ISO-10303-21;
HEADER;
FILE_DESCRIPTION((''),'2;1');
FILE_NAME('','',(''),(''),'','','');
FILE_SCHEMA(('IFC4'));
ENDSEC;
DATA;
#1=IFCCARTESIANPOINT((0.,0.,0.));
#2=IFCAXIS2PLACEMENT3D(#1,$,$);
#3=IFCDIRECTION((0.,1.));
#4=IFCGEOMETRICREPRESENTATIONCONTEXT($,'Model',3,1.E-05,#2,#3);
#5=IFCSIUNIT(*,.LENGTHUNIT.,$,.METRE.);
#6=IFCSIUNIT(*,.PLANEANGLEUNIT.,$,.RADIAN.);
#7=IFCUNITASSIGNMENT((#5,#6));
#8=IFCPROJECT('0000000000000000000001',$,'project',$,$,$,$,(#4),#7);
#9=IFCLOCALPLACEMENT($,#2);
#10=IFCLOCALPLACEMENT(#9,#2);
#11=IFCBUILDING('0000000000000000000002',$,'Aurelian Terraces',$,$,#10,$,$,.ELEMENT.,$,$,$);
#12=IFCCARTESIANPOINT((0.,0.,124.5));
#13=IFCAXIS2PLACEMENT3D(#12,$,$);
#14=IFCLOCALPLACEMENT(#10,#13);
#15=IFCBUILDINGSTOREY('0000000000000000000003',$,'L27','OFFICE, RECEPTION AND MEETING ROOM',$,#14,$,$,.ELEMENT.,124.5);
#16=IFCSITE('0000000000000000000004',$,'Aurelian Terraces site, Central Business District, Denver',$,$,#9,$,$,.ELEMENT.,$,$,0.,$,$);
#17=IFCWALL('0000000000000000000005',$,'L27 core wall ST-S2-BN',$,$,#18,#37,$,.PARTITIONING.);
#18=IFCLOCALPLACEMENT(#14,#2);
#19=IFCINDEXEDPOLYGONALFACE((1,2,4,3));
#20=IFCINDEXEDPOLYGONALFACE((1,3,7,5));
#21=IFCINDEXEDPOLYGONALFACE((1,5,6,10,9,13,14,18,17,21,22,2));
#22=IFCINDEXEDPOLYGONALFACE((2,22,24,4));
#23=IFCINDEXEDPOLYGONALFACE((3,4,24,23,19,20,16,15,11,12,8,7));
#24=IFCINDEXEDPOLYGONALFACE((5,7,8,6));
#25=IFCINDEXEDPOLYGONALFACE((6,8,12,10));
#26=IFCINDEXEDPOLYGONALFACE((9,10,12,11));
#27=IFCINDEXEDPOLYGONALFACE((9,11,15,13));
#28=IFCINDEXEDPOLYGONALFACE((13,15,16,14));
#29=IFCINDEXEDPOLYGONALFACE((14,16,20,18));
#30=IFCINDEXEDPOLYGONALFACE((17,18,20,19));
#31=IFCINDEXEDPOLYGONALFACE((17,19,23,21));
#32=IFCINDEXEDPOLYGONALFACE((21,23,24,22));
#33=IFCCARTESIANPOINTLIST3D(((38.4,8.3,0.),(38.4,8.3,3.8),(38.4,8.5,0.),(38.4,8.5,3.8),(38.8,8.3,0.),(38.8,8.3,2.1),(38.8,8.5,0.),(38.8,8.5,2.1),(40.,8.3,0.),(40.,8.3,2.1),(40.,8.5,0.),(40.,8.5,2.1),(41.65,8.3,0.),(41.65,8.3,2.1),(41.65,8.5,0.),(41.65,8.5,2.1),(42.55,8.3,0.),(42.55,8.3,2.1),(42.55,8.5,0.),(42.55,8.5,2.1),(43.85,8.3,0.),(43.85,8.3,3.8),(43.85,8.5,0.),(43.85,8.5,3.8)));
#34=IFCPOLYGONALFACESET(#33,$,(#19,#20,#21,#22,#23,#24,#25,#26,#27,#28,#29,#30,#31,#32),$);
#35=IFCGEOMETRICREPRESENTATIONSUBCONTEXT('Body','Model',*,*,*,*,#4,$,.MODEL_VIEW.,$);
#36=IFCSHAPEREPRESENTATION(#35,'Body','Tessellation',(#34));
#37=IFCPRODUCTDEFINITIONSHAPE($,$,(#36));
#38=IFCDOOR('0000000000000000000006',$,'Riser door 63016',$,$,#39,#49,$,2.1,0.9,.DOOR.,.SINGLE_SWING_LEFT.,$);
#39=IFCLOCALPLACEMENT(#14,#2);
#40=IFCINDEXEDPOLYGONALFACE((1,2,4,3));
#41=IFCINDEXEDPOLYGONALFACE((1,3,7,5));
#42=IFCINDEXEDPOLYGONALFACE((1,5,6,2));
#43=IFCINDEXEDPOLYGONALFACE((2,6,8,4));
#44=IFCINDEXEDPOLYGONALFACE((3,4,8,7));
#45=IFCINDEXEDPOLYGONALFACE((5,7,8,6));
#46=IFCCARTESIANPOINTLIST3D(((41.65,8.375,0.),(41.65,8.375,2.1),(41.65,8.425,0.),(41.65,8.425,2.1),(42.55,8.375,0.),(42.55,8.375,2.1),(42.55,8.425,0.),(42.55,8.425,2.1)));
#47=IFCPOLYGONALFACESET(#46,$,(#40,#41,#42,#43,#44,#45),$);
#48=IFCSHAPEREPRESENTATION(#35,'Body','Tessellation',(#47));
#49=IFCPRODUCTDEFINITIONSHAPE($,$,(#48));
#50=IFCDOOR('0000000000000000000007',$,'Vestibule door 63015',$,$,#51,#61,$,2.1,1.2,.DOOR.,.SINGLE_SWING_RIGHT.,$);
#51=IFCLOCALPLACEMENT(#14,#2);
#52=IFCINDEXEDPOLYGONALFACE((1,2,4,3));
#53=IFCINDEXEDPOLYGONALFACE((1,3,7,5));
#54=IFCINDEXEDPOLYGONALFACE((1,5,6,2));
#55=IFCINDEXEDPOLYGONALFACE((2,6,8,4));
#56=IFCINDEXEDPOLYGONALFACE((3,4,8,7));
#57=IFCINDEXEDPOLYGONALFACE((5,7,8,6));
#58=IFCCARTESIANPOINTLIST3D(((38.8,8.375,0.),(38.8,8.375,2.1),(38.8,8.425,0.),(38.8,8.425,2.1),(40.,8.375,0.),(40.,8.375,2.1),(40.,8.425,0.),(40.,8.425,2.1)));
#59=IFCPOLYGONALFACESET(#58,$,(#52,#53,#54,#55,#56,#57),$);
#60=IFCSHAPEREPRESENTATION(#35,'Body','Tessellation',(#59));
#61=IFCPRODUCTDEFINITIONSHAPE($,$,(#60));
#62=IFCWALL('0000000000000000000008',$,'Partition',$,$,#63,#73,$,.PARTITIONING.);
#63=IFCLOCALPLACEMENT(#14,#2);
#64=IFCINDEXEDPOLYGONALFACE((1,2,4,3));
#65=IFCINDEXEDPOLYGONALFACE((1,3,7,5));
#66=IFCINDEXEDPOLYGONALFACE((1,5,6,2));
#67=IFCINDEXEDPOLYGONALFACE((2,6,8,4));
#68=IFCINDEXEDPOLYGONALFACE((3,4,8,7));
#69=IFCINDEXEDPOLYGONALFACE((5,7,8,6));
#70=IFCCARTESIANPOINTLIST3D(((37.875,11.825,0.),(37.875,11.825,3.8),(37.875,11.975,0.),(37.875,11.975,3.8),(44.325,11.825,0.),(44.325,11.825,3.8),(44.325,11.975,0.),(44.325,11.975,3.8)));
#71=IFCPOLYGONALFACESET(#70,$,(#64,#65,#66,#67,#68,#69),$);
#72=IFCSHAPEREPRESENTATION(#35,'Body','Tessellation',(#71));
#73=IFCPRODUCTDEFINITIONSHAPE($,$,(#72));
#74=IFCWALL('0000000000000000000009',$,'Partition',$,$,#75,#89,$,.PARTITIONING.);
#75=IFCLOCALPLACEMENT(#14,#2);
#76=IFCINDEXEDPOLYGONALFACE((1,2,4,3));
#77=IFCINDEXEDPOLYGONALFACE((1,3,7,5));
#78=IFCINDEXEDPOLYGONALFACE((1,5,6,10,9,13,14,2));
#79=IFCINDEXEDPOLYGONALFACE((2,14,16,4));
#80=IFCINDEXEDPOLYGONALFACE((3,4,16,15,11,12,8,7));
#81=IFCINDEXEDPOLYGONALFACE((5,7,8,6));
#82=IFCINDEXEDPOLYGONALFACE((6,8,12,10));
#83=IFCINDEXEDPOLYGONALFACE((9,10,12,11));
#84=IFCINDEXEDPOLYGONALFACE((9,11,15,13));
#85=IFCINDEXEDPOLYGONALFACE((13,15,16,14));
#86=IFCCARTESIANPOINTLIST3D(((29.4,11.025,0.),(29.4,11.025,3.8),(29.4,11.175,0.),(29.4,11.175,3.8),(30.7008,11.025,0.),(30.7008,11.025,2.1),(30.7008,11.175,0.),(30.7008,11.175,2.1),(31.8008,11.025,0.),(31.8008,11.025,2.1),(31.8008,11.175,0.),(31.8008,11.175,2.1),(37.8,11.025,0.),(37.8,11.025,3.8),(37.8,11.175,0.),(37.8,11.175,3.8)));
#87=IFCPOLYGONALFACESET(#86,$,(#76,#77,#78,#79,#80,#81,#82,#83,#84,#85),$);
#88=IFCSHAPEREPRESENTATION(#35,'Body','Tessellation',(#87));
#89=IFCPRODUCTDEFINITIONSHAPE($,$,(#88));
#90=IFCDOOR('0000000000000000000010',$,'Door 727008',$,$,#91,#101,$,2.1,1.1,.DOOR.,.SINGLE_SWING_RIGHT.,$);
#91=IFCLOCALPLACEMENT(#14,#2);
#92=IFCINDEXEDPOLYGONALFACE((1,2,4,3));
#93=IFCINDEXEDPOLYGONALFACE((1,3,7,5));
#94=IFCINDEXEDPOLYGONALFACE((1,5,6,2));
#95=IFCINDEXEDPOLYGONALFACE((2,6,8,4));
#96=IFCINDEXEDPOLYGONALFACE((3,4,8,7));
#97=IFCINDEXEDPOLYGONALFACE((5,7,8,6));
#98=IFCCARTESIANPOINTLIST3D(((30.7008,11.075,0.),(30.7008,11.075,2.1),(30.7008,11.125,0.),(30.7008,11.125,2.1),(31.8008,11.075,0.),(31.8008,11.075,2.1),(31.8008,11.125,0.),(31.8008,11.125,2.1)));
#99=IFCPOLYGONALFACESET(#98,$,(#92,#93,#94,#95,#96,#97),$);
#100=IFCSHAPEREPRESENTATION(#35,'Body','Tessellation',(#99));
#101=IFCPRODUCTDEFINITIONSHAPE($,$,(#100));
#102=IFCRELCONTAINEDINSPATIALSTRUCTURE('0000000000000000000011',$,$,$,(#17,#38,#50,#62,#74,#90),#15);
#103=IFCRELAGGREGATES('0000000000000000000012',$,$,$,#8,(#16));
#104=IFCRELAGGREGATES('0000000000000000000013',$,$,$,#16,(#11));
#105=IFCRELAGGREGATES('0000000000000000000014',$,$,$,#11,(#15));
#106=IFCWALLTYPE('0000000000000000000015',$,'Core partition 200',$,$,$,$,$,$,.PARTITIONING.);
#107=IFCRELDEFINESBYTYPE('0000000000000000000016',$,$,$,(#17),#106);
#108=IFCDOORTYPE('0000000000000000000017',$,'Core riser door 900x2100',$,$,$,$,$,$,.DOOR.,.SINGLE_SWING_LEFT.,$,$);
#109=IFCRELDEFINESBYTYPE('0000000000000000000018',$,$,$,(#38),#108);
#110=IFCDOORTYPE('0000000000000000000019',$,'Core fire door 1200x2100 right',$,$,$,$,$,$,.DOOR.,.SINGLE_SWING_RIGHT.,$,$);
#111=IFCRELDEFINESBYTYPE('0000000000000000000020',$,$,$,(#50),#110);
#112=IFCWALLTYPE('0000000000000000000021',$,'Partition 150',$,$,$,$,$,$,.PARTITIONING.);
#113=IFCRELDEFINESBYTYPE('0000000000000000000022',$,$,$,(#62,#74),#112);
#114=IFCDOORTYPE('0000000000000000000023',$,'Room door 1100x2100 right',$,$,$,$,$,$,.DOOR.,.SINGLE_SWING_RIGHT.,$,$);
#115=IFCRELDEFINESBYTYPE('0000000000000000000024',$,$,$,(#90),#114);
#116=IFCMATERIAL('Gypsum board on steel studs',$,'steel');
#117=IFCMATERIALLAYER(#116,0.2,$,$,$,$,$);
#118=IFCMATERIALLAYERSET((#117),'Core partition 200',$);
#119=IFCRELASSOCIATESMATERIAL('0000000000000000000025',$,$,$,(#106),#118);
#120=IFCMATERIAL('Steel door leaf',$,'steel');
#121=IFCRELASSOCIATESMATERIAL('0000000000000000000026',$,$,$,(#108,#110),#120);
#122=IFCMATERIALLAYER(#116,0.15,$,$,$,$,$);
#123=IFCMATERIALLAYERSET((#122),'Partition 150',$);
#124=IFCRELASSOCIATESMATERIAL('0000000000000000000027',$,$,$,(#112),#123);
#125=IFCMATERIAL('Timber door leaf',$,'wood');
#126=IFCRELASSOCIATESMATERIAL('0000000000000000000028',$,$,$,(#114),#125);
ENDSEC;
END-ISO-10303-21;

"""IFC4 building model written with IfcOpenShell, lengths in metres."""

from ifc_helpers import new_model, si_unit, direction, frame, frame_2d, origin, place, context, subcontext, project, spatial, rectangle, extrude, source, transform, mapped, material, layer, layer_set, type_object, element, fill, save


model = new_model("IFC4")

# Units and contexts
model_context = context("Model", 3, precision=1e-05, world=origin(), true_north=direction((0.0, 1.0)))
body_context = subcontext(model_context, "Body", "Model", "MODEL_VIEW")
ifc_project = project(units=[si_unit("LENGTHUNIT", "METRE"), si_unit("PLANEANGLEUNIT", "RADIAN")], contexts=[model_context])

# Site, building, storey
site_placement = place(None, origin())
site = spatial("IfcSite", under=ifc_project, at=site_placement, Name="Aurelian Terraces site, Central Business District, Denver", CompositionType="ELEMENT", RefElevation=0.0)
building_placement = place(site_placement, origin())
building = spatial("IfcBuilding", under=site, at=building_placement, Name="Aurelian Terraces", CompositionType="ELEMENT")
storey_placement = place(building_placement, frame((0.0, 0.0, 124.5)))
storey = spatial("IfcBuildingStorey", under=building, at=storey_placement, Name="L27", Description="OFFICE, RECEPTION AND MEETING ROOM", CompositionType="ELEMENT", Elevation=124.5)

# Shared definitions
ifc_material_1 = material(Name="Steel door leaf", Category="steel")
shared_shape_1 = source(origin(), body_context, "Body", "SweptSolid", [
    extrude(rectangle(XDim=1.1, YDim=2.1, at=frame_2d((0.55, 1.05))), frame((0.0, 0.025, 0.0), z_axis=(0.0, -1.0, 0.0), x_axis=(1.0, 0.0, 0.0)), (0.0, 0.0, 1.0), 0.05),
])

# Shared definitions
ifc_material_2 = material(Name="Gypsum board on steel studs", Category="steel")
ifc_layer_1 = layer(ifc_material_2, 0.2)
ifc_layer_set_1 = layer_set([ifc_layer_1], Name="Core partition 200")
wall_type_1 = type_object("IfcWallType", Name="Core partition 200", PredefinedType="PARTITIONING", material=ifc_layer_set_1)

# Wall, openings, doors
shared_shape_2 = source(origin(), body_context, "Body", "SweptSolid", [
    extrude(rectangle(XDim=5.45, YDim=0.2, at=frame_2d((2.725, 0.0))), origin(), (0.0, 0.0, 1.0), 3.8),
])
wall_1_placement = place(storey_placement, frame((38.4, 8.4, 0.0), z_axis=(0.0, 0.0, 1.0), x_axis=(1.0, 0.0, 0.0)))
wall_1 = element("IfcWall", 1, at=wall_1_placement, inside=storey, type_object=wall_type_1, Name="L27 core wall ST-S2-BN", PredefinedType="PARTITIONING", context=body_context, shape_type="MappedRepresentation", body=[
    mapped(shared_shape_2, transform((0.0, 0.0, 0.0), scale=1.0)),
])
shared_shape_3 = source(origin(), body_context, "Body", "SweptSolid", [
    extrude(rectangle(XDim=1.2, YDim=2.1, at=frame_2d((0.6, 1.05))), frame((0.0, 0.11, 0.0), z_axis=(0.0, -1.0, 0.0), x_axis=(1.0, 0.0, 0.0)), (0.0, 0.0, 1.0), 0.22),
])
opening_1_placement = place(wall_1_placement, frame((0.4, 0.0, 0.0)))
opening_1 = element("IfcOpeningElement", 2, at=opening_1_placement, cuts=wall_1, PredefinedType="OPENING", context=body_context, shape_type="MappedRepresentation", body=[
    mapped(shared_shape_3, transform((0.0, 0.0, 0.0), scale=1.0)),
])
shared_shape_4 = source(origin(), body_context, "Body", "SweptSolid", [
    extrude(rectangle(XDim=0.9, YDim=2.1, at=frame_2d((0.45, 1.05))), frame((0.0, 0.11, 0.0), z_axis=(0.0, -1.0, 0.0), x_axis=(1.0, 0.0, 0.0)), (0.0, 0.0, 1.0), 0.22),
])
opening_2_placement = place(wall_1_placement, frame((3.25, 0.0, 0.0)))
opening_2 = element("IfcOpeningElement", 3, at=opening_2_placement, cuts=wall_1, PredefinedType="OPENING", context=body_context, shape_type="MappedRepresentation", body=[
    mapped(shared_shape_4, transform((0.0, 0.0, 0.0), scale=1.0)),
])
door_type_1 = type_object("IfcDoorType", Name="Core riser door 900x2100", OperationType="SINGLE_SWING_LEFT", PredefinedType="DOOR", material=ifc_material_1)
shared_shape_5 = source(origin(), body_context, "Body", "SweptSolid", [
    extrude(rectangle(XDim=0.9, YDim=2.1, at=frame_2d((0.45, 1.05))), frame((0.0, 0.025, 0.0), z_axis=(0.0, -1.0, 0.0), x_axis=(1.0, 0.0, 0.0)), (0.0, 0.0, 1.0), 0.05),
])
door_1_placement = place(opening_2_placement, origin())
door_1 = element("IfcDoor", 4, at=door_1_placement, inside=storey, type_object=door_type_1, Name="Riser door 63016", OperationType="SINGLE_SWING_LEFT", OverallHeight=2.1, OverallWidth=0.9, PredefinedType="DOOR", context=body_context, shape_type="MappedRepresentation", body=[
    mapped(shared_shape_5, transform((0.0, 0.0, 0.0), scale=1.0)),
])
fill(opening_2, door_1)
door_type_2 = type_object("IfcDoorType", Name="Core fire door 1200x2100 right", OperationType="SINGLE_SWING_RIGHT", PredefinedType="DOOR", material=ifc_material_1)
shared_shape_6 = source(origin(), body_context, "Body", "SweptSolid", [
    extrude(rectangle(XDim=1.2, YDim=2.1, at=frame_2d((0.6, 1.05))), frame((0.0, 0.025, 0.0), z_axis=(0.0, -1.0, 0.0), x_axis=(1.0, 0.0, 0.0)), (0.0, 0.0, 1.0), 0.05),
])
door_2_placement = place(opening_1_placement, origin())
door_2 = element("IfcDoor", 5, at=door_2_placement, inside=storey, type_object=door_type_2, Name="Vestibule door 63015", OperationType="SINGLE_SWING_RIGHT", OverallHeight=2.1, OverallWidth=1.2, PredefinedType="DOOR", context=body_context, shape_type="MappedRepresentation", body=[
    mapped(shared_shape_6, transform((0.0, 0.0, 0.0), scale=1.0)),
])
fill(opening_1, door_2)

# Wall
ifc_layer_2 = layer(ifc_material_2, 0.15)
ifc_layer_set_2 = layer_set([ifc_layer_2], Name="Partition 150")
wall_type_2 = type_object("IfcWallType", Name="Partition 150", PredefinedType="PARTITIONING", material=ifc_layer_set_2)
shared_shape_7 = source(origin(), body_context, "Body", "SweptSolid", [
    extrude(rectangle(XDim=6.45, YDim=0.15, at=frame_2d((3.225, 0.0))), origin(), (0.0, 0.0, 1.0), 3.8),
])
wall_2_placement = place(storey_placement, frame((37.875, 11.9, 0.0), z_axis=(0.0, 0.0, 1.0), x_axis=(1.0, 0.0, 0.0)))
element("IfcWall", 6, at=wall_2_placement, inside=storey, type_object=wall_type_2, Name="Partition", PredefinedType="PARTITIONING", context=body_context, shape_type="MappedRepresentation", body=[
    mapped(shared_shape_7, transform((0.0, 0.0, 0.0), scale=1.0)),
])

# Wall, opening, door
shared_shape_8 = source(origin(), body_context, "Body", "SweptSolid", [
    extrude(rectangle(XDim=8.4, YDim=0.15, at=frame_2d((4.2, 0.0))), origin(), (0.0, 0.0, 1.0), 3.8),
])
wall_3_placement = place(storey_placement, frame((37.8, 11.1, 0.0), z_axis=(0.0, 0.0, 1.0), x_axis=(-1.0, 0.0, 0.0)))
wall_3 = element("IfcWall", 7, at=wall_3_placement, inside=storey, type_object=wall_type_2, Name="Partition", PredefinedType="PARTITIONING", context=body_context, shape_type="MappedRepresentation", body=[
    mapped(shared_shape_8, transform((0.0, 0.0, 0.0), scale=1.0)),
])
shared_shape_9 = source(origin(), body_context, "Body", "SweptSolid", [
    extrude(rectangle(XDim=1.1, YDim=2.1, at=frame_2d((0.55, 1.05))), frame((0.0, 0.085, 0.0), z_axis=(0.0, -1.0, 0.0), x_axis=(1.0, 0.0, 0.0)), (0.0, 0.0, 1.0), 0.17),
])
opening_3_placement = place(wall_3_placement, frame((5.9992, 0.0, 0.0)))
opening_3 = element("IfcOpeningElement", 8, at=opening_3_placement, cuts=wall_3, PredefinedType="OPENING", context=body_context, shape_type="MappedRepresentation", body=[
    mapped(shared_shape_9, transform((0.0, 0.0, 0.0), scale=1.0)),
])
ifc_material_3 = material(Name="Timber door leaf", Category="wood")
door_type_3 = type_object("IfcDoorType", Name="Room door 1100x2100 right", OperationType="SINGLE_SWING_RIGHT", PredefinedType="DOOR", material=ifc_material_3)
door_3_placement = place(opening_3_placement, origin())
door_3 = element("IfcDoor", 9, at=door_3_placement, inside=storey, type_object=door_type_3, Name="Door 727008", OperationType="SINGLE_SWING_RIGHT", OverallHeight=2.1, OverallWidth=1.1, PredefinedType="DOOR", context=body_context, shape_type="MappedRepresentation", body=[
    mapped(shared_shape_1, transform((0.0, 0.0, 0.0), scale=1.0)),
])
fill(opening_3, door_3)

save(model, "model.ifc")
